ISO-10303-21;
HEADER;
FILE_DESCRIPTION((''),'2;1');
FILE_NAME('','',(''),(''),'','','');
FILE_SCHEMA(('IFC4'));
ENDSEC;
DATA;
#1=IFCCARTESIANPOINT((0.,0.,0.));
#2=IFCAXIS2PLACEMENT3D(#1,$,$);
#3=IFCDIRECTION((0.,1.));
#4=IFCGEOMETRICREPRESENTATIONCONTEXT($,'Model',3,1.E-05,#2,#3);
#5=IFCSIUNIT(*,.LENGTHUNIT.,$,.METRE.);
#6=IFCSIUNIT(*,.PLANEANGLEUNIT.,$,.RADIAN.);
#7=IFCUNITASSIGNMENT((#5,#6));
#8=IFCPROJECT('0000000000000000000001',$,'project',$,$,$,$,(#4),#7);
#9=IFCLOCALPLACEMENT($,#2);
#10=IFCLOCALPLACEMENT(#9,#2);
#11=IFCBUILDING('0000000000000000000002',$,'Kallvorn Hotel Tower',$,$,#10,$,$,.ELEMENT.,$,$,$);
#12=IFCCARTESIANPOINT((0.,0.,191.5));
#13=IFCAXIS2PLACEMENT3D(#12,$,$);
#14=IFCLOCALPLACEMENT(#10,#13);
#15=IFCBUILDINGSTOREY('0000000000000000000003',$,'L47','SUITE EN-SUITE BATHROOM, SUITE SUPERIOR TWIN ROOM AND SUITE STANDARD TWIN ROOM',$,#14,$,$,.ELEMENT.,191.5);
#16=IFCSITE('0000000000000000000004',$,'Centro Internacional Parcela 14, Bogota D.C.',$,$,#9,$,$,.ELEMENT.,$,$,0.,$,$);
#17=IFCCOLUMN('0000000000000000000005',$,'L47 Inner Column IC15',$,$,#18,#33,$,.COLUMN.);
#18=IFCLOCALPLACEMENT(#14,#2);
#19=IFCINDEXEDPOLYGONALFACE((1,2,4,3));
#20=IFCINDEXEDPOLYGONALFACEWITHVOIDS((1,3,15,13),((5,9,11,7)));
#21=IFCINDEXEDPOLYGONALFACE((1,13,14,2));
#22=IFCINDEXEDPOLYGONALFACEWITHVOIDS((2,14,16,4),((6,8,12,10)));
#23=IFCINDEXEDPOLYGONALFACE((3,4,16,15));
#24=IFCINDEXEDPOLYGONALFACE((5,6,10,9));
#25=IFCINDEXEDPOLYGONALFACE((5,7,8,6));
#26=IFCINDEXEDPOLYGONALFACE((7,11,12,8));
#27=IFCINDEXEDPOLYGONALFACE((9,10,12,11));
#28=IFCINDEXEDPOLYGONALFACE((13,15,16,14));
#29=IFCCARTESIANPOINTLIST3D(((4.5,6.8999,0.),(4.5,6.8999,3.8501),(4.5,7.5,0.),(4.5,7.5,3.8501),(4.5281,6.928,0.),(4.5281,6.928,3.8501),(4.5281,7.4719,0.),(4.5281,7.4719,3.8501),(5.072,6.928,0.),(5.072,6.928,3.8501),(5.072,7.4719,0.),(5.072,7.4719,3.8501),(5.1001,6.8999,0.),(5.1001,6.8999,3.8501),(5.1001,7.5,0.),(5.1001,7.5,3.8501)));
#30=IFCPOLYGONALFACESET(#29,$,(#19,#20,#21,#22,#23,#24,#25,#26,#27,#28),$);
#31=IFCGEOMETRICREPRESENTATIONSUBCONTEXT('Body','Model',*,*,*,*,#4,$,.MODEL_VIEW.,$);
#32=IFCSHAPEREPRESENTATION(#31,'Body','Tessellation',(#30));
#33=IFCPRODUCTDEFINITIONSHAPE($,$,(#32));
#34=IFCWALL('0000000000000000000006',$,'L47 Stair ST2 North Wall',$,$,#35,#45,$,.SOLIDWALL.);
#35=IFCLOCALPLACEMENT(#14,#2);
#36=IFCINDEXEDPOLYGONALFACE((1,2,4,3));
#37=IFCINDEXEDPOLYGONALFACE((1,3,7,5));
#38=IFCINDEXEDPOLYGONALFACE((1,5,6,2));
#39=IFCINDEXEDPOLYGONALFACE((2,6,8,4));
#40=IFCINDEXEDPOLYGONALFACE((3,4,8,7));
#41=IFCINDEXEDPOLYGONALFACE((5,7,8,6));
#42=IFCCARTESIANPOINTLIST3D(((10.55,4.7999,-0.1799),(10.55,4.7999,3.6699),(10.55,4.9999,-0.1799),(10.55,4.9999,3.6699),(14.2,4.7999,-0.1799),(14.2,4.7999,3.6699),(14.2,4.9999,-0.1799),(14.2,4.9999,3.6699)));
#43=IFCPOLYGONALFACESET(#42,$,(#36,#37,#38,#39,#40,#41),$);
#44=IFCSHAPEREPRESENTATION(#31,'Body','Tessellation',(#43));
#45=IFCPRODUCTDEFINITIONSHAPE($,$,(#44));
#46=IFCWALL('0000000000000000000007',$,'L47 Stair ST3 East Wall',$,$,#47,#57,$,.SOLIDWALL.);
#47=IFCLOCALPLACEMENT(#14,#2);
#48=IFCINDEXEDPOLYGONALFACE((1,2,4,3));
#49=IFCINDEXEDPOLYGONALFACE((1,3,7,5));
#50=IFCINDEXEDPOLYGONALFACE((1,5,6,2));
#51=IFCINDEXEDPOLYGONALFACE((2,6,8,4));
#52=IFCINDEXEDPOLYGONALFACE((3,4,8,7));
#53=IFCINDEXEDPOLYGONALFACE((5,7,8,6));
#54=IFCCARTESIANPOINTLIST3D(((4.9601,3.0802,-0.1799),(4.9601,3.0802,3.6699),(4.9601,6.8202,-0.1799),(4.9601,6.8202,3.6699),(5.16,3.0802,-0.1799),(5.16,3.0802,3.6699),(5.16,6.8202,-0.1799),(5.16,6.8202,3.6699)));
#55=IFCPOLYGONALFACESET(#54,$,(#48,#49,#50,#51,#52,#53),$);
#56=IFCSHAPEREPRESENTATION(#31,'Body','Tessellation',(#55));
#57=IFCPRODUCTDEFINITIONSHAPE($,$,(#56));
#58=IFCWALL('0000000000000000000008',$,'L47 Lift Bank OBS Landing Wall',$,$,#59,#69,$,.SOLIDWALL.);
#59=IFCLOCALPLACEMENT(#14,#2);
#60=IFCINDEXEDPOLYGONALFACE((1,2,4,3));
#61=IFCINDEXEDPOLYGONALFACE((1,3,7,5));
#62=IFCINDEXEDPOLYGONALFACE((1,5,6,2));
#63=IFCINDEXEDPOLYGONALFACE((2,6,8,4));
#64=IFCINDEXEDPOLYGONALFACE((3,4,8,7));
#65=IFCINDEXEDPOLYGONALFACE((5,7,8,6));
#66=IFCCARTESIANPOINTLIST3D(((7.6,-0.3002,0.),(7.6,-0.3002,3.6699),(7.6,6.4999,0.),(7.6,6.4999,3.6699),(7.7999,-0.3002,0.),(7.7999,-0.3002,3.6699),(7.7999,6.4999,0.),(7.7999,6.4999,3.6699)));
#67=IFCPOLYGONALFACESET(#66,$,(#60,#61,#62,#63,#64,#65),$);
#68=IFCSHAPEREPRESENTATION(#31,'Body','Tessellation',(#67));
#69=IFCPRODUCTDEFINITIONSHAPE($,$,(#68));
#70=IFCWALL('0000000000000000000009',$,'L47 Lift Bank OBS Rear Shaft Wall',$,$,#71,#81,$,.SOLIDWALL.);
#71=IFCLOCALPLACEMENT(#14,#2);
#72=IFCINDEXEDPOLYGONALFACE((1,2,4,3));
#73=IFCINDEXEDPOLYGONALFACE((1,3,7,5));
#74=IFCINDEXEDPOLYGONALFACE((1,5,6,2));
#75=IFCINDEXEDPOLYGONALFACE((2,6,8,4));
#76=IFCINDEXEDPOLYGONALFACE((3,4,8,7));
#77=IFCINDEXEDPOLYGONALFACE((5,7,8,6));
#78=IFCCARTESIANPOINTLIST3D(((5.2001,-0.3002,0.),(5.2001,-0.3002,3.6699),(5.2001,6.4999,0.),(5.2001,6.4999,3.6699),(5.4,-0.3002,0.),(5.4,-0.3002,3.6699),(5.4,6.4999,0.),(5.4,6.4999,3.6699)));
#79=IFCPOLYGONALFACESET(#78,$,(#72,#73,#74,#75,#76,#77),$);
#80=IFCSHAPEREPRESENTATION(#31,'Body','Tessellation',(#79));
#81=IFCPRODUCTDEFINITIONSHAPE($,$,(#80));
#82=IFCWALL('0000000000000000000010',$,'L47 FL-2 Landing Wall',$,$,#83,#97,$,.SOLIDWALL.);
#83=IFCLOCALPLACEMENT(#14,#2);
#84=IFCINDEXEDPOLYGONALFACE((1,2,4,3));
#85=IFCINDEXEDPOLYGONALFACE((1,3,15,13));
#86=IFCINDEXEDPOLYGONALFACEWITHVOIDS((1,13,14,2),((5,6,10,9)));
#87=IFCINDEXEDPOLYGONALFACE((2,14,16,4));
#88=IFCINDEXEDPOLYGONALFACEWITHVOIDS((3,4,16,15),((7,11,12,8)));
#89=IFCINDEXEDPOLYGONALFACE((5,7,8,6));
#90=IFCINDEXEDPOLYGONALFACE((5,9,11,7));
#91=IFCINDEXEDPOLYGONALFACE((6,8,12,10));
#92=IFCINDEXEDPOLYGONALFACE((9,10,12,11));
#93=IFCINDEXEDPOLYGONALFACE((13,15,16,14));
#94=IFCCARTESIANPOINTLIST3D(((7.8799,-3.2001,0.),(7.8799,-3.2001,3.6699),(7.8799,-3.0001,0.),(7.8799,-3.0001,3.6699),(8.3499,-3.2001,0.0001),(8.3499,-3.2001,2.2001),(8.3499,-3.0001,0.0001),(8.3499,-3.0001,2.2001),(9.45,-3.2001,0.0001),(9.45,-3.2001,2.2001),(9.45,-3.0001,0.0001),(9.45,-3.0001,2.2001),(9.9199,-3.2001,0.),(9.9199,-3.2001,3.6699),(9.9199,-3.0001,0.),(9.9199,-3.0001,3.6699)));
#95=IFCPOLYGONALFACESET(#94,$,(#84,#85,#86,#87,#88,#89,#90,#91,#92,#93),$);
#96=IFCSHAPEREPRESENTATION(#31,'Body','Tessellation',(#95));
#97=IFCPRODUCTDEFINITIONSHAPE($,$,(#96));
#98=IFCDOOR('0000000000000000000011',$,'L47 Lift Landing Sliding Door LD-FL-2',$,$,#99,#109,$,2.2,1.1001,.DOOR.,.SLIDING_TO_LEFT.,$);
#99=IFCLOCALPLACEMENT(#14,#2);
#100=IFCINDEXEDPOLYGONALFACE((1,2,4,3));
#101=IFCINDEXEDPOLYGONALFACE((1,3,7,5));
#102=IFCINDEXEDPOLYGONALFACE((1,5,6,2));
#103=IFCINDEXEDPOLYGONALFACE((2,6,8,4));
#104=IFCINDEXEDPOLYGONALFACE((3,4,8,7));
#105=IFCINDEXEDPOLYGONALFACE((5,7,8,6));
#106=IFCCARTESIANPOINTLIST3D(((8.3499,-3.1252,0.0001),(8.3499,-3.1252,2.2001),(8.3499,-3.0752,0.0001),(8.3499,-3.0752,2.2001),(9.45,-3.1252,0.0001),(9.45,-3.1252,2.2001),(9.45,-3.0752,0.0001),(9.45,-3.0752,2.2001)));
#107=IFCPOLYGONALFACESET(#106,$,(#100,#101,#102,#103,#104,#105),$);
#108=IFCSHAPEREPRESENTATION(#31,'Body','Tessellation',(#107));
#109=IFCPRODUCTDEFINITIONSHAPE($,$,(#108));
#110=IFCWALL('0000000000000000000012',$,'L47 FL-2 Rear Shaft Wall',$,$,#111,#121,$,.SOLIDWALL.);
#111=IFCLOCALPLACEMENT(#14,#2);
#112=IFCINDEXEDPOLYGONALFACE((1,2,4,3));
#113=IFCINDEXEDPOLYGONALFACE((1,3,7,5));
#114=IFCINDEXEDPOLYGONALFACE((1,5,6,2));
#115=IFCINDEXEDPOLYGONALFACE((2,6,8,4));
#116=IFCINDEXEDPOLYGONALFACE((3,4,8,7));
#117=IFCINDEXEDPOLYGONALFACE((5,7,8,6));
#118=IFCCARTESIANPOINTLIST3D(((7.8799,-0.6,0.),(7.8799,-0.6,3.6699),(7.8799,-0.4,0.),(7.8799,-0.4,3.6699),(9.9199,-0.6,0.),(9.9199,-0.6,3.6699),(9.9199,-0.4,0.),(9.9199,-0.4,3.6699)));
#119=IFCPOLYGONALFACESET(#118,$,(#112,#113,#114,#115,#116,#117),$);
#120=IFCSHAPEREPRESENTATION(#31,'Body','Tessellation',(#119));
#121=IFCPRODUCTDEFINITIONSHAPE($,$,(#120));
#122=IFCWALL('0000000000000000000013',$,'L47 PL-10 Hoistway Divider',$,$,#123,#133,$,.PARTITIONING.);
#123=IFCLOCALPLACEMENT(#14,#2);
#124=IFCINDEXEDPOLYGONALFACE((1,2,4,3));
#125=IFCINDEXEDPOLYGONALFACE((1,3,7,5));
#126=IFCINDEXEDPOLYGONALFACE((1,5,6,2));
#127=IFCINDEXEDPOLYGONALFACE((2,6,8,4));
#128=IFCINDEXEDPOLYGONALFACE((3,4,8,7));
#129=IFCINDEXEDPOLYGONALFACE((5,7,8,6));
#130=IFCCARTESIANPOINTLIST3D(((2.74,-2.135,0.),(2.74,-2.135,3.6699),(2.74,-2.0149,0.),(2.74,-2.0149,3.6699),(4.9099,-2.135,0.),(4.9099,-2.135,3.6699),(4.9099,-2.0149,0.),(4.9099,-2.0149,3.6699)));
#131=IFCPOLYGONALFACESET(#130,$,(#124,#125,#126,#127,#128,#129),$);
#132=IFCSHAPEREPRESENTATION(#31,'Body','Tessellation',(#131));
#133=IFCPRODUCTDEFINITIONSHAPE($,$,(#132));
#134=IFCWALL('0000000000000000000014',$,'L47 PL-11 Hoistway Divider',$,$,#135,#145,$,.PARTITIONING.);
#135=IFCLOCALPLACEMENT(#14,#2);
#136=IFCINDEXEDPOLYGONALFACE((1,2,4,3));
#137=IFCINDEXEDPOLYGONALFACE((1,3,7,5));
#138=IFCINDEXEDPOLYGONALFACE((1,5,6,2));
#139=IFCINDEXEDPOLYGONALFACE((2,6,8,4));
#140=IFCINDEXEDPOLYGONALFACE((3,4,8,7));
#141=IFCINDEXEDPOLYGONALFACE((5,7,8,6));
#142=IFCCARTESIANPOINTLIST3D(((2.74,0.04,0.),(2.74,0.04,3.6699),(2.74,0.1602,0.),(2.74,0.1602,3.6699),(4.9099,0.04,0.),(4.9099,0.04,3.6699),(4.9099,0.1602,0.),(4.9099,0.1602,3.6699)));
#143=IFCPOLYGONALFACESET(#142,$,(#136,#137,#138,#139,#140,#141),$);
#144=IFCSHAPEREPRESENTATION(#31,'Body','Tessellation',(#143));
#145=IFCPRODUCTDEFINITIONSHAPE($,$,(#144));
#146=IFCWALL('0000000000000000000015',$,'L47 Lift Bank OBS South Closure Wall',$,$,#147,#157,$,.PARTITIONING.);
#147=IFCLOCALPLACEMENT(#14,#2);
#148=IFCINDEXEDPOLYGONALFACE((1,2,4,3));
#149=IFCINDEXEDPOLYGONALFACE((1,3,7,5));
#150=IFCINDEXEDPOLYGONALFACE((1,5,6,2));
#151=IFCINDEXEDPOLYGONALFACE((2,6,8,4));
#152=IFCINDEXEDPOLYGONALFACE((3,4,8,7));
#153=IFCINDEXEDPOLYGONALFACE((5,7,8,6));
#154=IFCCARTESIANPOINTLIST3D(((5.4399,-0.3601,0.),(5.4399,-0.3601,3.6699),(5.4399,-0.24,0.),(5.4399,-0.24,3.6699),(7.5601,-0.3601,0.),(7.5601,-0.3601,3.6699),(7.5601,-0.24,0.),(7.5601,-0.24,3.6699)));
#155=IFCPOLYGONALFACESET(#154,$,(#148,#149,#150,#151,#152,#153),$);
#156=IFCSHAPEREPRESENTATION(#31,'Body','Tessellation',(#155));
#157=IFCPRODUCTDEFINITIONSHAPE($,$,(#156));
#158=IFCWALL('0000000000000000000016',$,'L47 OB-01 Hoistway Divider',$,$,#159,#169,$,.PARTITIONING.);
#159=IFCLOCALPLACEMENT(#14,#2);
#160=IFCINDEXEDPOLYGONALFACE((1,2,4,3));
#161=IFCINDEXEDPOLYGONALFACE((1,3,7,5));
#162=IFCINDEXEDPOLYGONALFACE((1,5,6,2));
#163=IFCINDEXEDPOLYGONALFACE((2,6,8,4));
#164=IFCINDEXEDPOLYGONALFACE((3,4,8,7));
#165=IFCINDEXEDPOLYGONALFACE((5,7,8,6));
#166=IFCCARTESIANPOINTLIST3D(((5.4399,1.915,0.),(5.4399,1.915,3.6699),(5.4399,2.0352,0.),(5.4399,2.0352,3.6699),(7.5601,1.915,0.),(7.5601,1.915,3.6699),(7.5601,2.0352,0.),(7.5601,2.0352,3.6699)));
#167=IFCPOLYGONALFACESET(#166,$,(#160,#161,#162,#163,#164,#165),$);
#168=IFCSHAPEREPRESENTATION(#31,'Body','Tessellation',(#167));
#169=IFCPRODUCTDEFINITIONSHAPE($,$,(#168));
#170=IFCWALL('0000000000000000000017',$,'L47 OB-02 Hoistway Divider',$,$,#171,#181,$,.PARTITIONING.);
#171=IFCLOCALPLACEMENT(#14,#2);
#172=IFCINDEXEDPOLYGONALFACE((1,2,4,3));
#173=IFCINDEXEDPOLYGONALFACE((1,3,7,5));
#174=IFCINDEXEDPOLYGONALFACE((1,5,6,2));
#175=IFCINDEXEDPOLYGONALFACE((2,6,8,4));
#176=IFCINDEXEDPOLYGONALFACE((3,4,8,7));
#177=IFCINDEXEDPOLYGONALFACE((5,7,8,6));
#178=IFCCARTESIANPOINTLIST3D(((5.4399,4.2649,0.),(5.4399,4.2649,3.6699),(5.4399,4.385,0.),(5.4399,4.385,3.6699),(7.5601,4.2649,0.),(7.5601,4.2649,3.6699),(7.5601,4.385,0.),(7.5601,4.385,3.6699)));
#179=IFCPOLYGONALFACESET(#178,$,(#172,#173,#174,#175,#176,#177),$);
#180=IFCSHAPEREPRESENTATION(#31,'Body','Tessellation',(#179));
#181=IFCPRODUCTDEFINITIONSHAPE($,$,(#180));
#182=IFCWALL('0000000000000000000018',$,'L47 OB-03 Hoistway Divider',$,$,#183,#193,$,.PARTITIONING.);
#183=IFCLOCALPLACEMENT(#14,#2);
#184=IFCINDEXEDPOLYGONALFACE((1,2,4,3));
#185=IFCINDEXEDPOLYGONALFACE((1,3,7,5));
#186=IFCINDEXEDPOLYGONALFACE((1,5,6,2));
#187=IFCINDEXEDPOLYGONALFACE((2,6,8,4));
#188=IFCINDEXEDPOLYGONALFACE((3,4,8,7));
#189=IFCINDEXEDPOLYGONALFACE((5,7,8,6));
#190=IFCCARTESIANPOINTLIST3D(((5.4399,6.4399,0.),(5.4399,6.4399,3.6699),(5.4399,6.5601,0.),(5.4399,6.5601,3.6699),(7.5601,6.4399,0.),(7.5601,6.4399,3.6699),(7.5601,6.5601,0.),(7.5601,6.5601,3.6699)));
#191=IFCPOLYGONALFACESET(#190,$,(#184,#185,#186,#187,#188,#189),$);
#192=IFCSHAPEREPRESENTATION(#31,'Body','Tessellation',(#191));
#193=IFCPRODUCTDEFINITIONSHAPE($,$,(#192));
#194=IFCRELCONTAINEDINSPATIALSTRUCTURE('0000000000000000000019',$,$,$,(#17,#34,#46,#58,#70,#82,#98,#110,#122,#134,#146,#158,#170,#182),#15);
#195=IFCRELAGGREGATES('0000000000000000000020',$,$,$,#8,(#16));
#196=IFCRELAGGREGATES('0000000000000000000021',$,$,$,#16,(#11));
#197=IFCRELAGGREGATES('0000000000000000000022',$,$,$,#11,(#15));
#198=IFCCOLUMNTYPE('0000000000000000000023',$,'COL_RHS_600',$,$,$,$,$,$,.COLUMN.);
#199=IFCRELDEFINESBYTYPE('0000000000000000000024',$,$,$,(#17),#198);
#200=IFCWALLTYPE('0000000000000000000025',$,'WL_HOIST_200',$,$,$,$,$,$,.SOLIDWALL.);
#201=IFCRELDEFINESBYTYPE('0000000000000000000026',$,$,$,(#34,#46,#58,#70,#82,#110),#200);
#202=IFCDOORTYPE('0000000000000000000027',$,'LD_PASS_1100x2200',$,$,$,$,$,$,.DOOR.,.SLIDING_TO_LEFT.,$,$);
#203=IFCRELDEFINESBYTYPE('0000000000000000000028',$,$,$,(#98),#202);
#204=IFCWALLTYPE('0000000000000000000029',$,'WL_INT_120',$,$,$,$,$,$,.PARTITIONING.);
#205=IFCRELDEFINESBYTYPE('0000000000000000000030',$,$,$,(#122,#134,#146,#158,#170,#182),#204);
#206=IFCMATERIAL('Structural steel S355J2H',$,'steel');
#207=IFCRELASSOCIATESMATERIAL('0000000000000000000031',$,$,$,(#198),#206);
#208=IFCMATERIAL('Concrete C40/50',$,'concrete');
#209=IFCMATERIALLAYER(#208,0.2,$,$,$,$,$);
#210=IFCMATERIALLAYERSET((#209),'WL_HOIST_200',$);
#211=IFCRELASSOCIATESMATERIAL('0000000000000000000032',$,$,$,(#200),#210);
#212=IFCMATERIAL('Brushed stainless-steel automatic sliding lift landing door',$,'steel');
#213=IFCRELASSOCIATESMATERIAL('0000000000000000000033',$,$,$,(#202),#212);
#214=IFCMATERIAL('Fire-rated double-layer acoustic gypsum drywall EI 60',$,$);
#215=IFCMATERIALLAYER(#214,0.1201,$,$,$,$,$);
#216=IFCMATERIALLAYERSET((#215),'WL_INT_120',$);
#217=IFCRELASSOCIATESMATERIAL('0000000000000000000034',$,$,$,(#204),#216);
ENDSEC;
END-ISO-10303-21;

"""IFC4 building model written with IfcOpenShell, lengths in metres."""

from ifc_helpers import new_model, si_unit, direction, frame, frame_2d, origin, origin_2d, place, context, subcontext, project, spatial, rectangle, hollow_rectangle, extrude, material, layer, layer_set, material_profile, profile_set, type_object, element, fill, save


model = new_model("IFC4")

# Units and contexts
model_context = context("Model", 3, precision=1e-05, world=origin(), true_north=direction((0.0, 1.0)))
body_context = subcontext(model_context, "Body", "Model", "MODEL_VIEW")
ifc_project = project(units=[si_unit("LENGTHUNIT", "METRE"), si_unit("PLANEANGLEUNIT", "RADIAN")], contexts=[model_context])

# Site, building, storey
site_placement = place(None, origin())
site = spatial("IfcSite", under=ifc_project, at=site_placement, Name="Centro Internacional Parcela 14, Bogota D.C.", CompositionType="ELEMENT", RefElevation=0.0)
building_placement = place(site_placement, origin())
building = spatial("IfcBuilding", under=site, at=building_placement, Name="Kallvorn Hotel Tower", CompositionType="ELEMENT")
storey_placement = place(building_placement, frame((0.0, 0.0, 191.5)))
storey = spatial("IfcBuildingStorey", under=building, at=storey_placement, Name="L47", Description="SUITE EN-SUITE BATHROOM, SUITE SUPERIOR TWIN ROOM AND SUITE STANDARD TWIN ROOM", CompositionType="ELEMENT", Elevation=191.5)

# Column
ifc_material_1 = material(Name="Structural steel S355J2H", Category="steel")
ifc_material_profile = material_profile(ifc_material_1, hollow_rectangle(XDim=0.6001, YDim=0.6001, WallThickness=0.0281, at=origin_2d()), Name="RHS 600x600x28")
ifc_profile_set = profile_set([ifc_material_profile], Name="Structural steel S355J2H")
column_type = type_object("IfcColumnType", Name="COL_RHS_600", PredefinedType="COLUMN", material=ifc_profile_set)
column_placement = place(storey_placement, frame((4.8, 7.2, 0.0), z_axis=(0.0, 0.0, 1.0), x_axis=(1.0, 0.0, 0.0)))
element("IfcColumn", 1, at=column_placement, inside=storey, type_object=column_type, Name="L47 Inner Column IC15", PredefinedType="COLUMN", context=body_context, shape_type="SweptSolid", body=[
    extrude(hollow_rectangle(XDim=0.6001, YDim=0.6001, WallThickness=0.0281, at=origin_2d()), origin(), (0.0, 0.0, 1.0), 3.8501),
])

# Walls
ifc_material_2 = material(Name="Concrete C40/50", Category="concrete")
ifc_layer_1 = layer(ifc_material_2, 0.2)
ifc_layer_set_1 = layer_set([ifc_layer_1], Name="WL_HOIST_200")
wall_type_1 = type_object("IfcWallType", Name="WL_HOIST_200", PredefinedType="SOLIDWALL", material=ifc_layer_set_1)
wall_1_placement = place(storey_placement, frame((10.55, 4.8999, -0.1799), z_axis=(0.0, 0.0, 1.0), x_axis=(1.0, 0.0, 0.0)))
element("IfcWall", 2, at=wall_1_placement, inside=storey, type_object=wall_type_1, Name="L47 Stair ST2 North Wall", PredefinedType="SOLIDWALL", context=body_context, shape_type="SweptSolid", body=[
    extrude(rectangle(XDim=3.6499, YDim=0.2, at=frame_2d((1.825, 0.0))), origin(), (0.0, 0.0, 1.0), 3.8499),
])
wall_2_placement = place(storey_placement, frame((5.0601, 3.0801, -0.1799), z_axis=(0.0, 0.0, 1.0), x_axis=(0.0, 1.0, 0.0)))
element("IfcWall", 3, at=wall_2_placement, inside=storey, type_object=wall_type_1, Name="L47 Stair ST3 East Wall", PredefinedType="SOLIDWALL", context=body_context, shape_type="SweptSolid", body=[
    extrude(rectangle(XDim=3.74, YDim=0.2, at=frame_2d((1.8701, 0.0))), origin(), (0.0, 0.0, 1.0), 3.8499),
])
for number, where, z_axis, x_axis, name in (
    (4, (7.7, -0.3, 0.0), (0.0, 0.0, 1.0), (0.0, 1.0, 0.0), "L47 Lift Bank OBS Landing Wall"),
    (5, (5.3, -0.3, 0.0), (0.0, 0.0, 1.0), (0.0, 1.0, 0.0), "L47 Lift Bank OBS Rear Shaft Wall"),
):
    element("IfcWall", number, at=place(storey_placement, frame(where, z_axis=z_axis, x_axis=x_axis)), inside=storey, type_object=wall_type_1, Name=name, PredefinedType="SOLIDWALL", context=body_context, shape_type="SweptSolid", body=[
        extrude(rectangle(XDim=6.8, YDim=0.2, at=frame_2d((3.3999, 0.0))), origin(), (0.0, 0.0, 1.0), 3.6699),
    ])

# Wall, opening, door
wall_3_placement = place(storey_placement, frame((7.8799, -3.1001, 0.0), z_axis=(0.0, 0.0, 1.0), x_axis=(1.0, 0.0, 0.0)))
wall_3 = element("IfcWall", 6, at=wall_3_placement, inside=storey, type_object=wall_type_1, Name="L47 FL-2 Landing Wall", PredefinedType="SOLIDWALL", context=body_context, shape_type="SweptSolid", body=[
    extrude(rectangle(XDim=2.04, YDim=0.2, at=frame_2d((1.02, 0.0))), origin(), (0.0, 0.0, 1.0), 3.6699),
])
opening_1_placement = place(wall_3_placement, frame((0.47, 0.0, 0.0)))
opening_1 = element("IfcOpeningElement", 7, at=opening_1_placement, cuts=wall_3, PredefinedType="OPENING", context=body_context, shape_type="SweptSolid", body=[
    extrude(rectangle(XDim=1.1001, YDim=2.2, at=frame_2d((0.55, 1.1001))), frame((0.0, 0.115, 0.0), z_axis=(0.0, -1.0, 0.0), x_axis=(1.0, 0.0, 0.0)), (0.0, 0.0, 1.0), 0.23),
])
ifc_material_3 = material(Name="Brushed stainless-steel automatic sliding lift landing door", Category="steel")
door_type_1 = type_object("IfcDoorType", Name="LD_PASS_1100x2200", OperationType="SLIDING_TO_LEFT", PredefinedType="DOOR", material=ifc_material_3)
door_1_placement = place(opening_1_placement, origin())
door_1 = element("IfcDoor", 8, at=door_1_placement, inside=storey, type_object=door_type_1, Name="L47 Lift Landing Sliding Door LD-FL-2", OperationType="SLIDING_TO_LEFT", OverallHeight=2.2, OverallWidth=1.1001, PredefinedType="DOOR", context=body_context, shape_type="SweptSolid", body=[
    extrude(rectangle(XDim=1.1001, YDim=2.2, at=frame_2d((0.55, 1.1001))), frame((0.0, 0.0249, 0.0), z_axis=(0.0, -1.0, 0.0), x_axis=(1.0, 0.0, 0.0)), (0.0, 0.0, 1.0), 0.05),
])
fill(opening_1, door_1)

# Walls
wall_4_placement = place(storey_placement, frame((7.8799, -0.5, 0.0), z_axis=(0.0, 0.0, 1.0), x_axis=(1.0, 0.0, 0.0)))
element("IfcWall", 9, at=wall_4_placement, inside=storey, type_object=wall_type_1, Name="L47 FL-2 Rear Shaft Wall", PredefinedType="SOLIDWALL", context=body_context, shape_type="SweptSolid", body=[
    extrude(rectangle(XDim=2.04, YDim=0.2, at=frame_2d((1.02, 0.0))), origin(), (0.0, 0.0, 1.0), 3.6699),
])
ifc_material_4 = material(Name="Fire-rated double-layer acoustic gypsum drywall EI 60")
ifc_layer_2 = layer(ifc_material_4, 0.1201)
ifc_layer_set_2 = layer_set([ifc_layer_2], Name="WL_INT_120")
wall_type_2 = type_object("IfcWallType", Name="WL_INT_120", PredefinedType="PARTITIONING", material=ifc_layer_set_2)
for number, where, z_axis, x_axis, name in (
    (10, (2.74, -2.075, 0.0), (0.0, 0.0, 1.0), (1.0, 0.0, 0.0), "L47 PL-10 Hoistway Divider"),
    (11, (2.74, 0.1001, 0.0), (0.0, 0.0, 1.0), (1.0, 0.0, 0.0), "L47 PL-11 Hoistway Divider"),
):
    element("IfcWall", number, at=place(storey_placement, frame(where, z_axis=z_axis, x_axis=x_axis)), inside=storey, type_object=wall_type_2, Name=name, PredefinedType="PARTITIONING", context=body_context, shape_type="SweptSolid", body=[
        extrude(rectangle(XDim=2.1699, YDim=0.1201, at=frame_2d((1.085, 0.0))), origin(), (0.0, 0.0, 1.0), 3.6699),
    ])
for number, where, z_axis, x_axis, name in (
    (12, (5.4399, -0.3, 0.0), (0.0, 0.0, 1.0), (1.0, 0.0, 0.0), "L47 Lift Bank OBS South Closure Wall"),
    (13, (5.4399, 1.9751, 0.0), (0.0, 0.0, 1.0), (1.0, 0.0, 0.0), "L47 OB-01 Hoistway Divider"),
    (14, (5.4399, 4.325, 0.0), (0.0, 0.0, 1.0), (1.0, 0.0, 0.0), "L47 OB-02 Hoistway Divider"),
    (15, (5.4399, 6.5, 0.0), (0.0, 0.0, 1.0), (1.0, 0.0, 0.0), "L47 OB-03 Hoistway Divider"),
):
    element("IfcWall", number, at=place(storey_placement, frame(where, z_axis=z_axis, x_axis=x_axis)), inside=storey, type_object=wall_type_2, Name=name, PredefinedType="PARTITIONING", context=body_context, shape_type="SweptSolid", body=[
        extrude(rectangle(XDim=2.1201, YDim=0.1201, at=frame_2d((1.0601, 0.0))), origin(), (0.0, 0.0, 1.0), 3.6699),
    ])

save(model, "model.ifc")
